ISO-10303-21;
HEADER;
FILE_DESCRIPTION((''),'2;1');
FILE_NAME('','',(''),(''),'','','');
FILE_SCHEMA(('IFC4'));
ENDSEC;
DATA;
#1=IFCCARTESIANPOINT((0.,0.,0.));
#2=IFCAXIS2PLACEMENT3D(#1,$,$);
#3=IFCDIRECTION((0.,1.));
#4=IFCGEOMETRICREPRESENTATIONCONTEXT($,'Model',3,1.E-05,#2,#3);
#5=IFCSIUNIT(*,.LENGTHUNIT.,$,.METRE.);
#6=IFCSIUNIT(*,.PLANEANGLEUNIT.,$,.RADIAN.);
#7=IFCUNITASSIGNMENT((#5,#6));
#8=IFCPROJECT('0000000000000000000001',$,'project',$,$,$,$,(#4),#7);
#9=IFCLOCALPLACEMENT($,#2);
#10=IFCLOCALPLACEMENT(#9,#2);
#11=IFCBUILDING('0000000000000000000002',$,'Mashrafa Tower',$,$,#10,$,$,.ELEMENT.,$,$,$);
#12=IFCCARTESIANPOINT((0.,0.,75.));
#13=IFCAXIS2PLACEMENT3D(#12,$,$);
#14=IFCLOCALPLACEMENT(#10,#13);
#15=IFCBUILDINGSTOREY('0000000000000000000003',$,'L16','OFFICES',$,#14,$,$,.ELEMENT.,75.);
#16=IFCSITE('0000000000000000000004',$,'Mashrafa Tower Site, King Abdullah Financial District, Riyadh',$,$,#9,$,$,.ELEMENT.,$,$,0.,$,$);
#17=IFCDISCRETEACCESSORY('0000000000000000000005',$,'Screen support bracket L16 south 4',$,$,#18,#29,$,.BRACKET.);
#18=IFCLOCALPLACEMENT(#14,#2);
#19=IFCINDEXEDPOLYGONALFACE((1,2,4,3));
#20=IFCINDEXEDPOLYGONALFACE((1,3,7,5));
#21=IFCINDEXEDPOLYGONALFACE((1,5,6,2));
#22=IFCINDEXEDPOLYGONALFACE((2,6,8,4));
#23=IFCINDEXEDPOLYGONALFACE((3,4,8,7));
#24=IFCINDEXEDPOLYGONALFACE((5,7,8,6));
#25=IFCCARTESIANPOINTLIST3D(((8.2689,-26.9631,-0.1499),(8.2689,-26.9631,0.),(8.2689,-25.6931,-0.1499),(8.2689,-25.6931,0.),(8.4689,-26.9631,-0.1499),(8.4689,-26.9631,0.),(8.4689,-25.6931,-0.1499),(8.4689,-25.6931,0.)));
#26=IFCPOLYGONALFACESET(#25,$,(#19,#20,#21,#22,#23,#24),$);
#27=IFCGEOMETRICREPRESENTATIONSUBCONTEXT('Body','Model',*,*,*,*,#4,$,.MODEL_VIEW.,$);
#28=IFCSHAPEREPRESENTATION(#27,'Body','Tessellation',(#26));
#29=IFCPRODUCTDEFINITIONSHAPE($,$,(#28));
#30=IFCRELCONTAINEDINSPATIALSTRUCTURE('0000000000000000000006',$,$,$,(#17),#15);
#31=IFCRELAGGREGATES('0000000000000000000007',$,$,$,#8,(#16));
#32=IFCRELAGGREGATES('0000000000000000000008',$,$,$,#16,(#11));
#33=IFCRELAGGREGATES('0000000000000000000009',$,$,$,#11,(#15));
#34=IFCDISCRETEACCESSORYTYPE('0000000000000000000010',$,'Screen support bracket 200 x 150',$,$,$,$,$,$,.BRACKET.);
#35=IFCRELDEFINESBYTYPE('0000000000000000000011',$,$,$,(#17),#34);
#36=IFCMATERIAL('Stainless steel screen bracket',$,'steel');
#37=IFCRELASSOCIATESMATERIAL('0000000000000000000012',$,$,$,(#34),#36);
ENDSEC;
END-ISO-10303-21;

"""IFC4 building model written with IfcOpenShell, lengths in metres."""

from ifc_helpers import new_model, si_unit, direction, frame, origin, origin_2d, place, context, subcontext, project, spatial, rectangle, extrude, source, transform, mapped, material, type_object, type_shapes, element, save


model = new_model("IFC4")

# Units and contexts
model_context = context("Model", 3, precision=1e-05, world=origin(), true_north=direction((0.0, 1.0)))
body_context = subcontext(model_context, "Body", "Model", "MODEL_VIEW")
ifc_project = project(units=[si_unit("LENGTHUNIT", "METRE"), si_unit("PLANEANGLEUNIT", "RADIAN")], contexts=[model_context])

# Site, building, storey
site_placement = place(None, origin())
site = spatial("IfcSite", under=ifc_project, at=site_placement, Name="Mashrafa Tower Site, King Abdullah Financial District, Riyadh", CompositionType="ELEMENT", RefElevation=0.0)
building_placement = place(site_placement, origin())
building = spatial("IfcBuilding", under=site, at=building_placement, Name="Mashrafa Tower", CompositionType="ELEMENT")
storey_placement = place(building_placement, frame((0.0, 0.0, 75.0)))
storey = spatial("IfcBuildingStorey", under=building, at=storey_placement, Name="L16", Description="OFFICES", CompositionType="ELEMENT", Elevation=75.0)

# Discrete accessory
ifc_material_1 = material(Name="Stainless steel screen bracket", Category="steel")
discrete_accessory_type = type_object("IfcDiscreteAccessoryType", Name="Screen support bracket 200 x 150", PredefinedType="BRACKET", material=ifc_material_1)
shared_shape_1 = source(origin(), body_context, "Body", "SweptSolid", [
    extrude(rectangle(XDim=0.2, YDim=1.27, at=origin_2d()), origin(), (0.0, 0.0, 1.0), 0.1499),
])
type_shapes(discrete_accessory_type, [shared_shape_1])
for number, where, z_axis, x_axis, name in (
    (1, (8.3689, -26.3281, -0.1499), (0.0, 0.0, 1.0), (1.0, 0.0, 0.0), "Screen support bracket L16 south 4"),
):
    element("IfcDiscreteAccessory", number, at=place(storey_placement, frame(where, z_axis=z_axis, x_axis=x_axis)), inside=storey, type_object=discrete_accessory_type, Name=name, PredefinedType="BRACKET", context=body_context, shape_type="MappedRepresentation", body=[
        mapped(shared_shape_1, transform((0.0, 0.0, 0.0))),
    ])

save(model, "model.ifc")
